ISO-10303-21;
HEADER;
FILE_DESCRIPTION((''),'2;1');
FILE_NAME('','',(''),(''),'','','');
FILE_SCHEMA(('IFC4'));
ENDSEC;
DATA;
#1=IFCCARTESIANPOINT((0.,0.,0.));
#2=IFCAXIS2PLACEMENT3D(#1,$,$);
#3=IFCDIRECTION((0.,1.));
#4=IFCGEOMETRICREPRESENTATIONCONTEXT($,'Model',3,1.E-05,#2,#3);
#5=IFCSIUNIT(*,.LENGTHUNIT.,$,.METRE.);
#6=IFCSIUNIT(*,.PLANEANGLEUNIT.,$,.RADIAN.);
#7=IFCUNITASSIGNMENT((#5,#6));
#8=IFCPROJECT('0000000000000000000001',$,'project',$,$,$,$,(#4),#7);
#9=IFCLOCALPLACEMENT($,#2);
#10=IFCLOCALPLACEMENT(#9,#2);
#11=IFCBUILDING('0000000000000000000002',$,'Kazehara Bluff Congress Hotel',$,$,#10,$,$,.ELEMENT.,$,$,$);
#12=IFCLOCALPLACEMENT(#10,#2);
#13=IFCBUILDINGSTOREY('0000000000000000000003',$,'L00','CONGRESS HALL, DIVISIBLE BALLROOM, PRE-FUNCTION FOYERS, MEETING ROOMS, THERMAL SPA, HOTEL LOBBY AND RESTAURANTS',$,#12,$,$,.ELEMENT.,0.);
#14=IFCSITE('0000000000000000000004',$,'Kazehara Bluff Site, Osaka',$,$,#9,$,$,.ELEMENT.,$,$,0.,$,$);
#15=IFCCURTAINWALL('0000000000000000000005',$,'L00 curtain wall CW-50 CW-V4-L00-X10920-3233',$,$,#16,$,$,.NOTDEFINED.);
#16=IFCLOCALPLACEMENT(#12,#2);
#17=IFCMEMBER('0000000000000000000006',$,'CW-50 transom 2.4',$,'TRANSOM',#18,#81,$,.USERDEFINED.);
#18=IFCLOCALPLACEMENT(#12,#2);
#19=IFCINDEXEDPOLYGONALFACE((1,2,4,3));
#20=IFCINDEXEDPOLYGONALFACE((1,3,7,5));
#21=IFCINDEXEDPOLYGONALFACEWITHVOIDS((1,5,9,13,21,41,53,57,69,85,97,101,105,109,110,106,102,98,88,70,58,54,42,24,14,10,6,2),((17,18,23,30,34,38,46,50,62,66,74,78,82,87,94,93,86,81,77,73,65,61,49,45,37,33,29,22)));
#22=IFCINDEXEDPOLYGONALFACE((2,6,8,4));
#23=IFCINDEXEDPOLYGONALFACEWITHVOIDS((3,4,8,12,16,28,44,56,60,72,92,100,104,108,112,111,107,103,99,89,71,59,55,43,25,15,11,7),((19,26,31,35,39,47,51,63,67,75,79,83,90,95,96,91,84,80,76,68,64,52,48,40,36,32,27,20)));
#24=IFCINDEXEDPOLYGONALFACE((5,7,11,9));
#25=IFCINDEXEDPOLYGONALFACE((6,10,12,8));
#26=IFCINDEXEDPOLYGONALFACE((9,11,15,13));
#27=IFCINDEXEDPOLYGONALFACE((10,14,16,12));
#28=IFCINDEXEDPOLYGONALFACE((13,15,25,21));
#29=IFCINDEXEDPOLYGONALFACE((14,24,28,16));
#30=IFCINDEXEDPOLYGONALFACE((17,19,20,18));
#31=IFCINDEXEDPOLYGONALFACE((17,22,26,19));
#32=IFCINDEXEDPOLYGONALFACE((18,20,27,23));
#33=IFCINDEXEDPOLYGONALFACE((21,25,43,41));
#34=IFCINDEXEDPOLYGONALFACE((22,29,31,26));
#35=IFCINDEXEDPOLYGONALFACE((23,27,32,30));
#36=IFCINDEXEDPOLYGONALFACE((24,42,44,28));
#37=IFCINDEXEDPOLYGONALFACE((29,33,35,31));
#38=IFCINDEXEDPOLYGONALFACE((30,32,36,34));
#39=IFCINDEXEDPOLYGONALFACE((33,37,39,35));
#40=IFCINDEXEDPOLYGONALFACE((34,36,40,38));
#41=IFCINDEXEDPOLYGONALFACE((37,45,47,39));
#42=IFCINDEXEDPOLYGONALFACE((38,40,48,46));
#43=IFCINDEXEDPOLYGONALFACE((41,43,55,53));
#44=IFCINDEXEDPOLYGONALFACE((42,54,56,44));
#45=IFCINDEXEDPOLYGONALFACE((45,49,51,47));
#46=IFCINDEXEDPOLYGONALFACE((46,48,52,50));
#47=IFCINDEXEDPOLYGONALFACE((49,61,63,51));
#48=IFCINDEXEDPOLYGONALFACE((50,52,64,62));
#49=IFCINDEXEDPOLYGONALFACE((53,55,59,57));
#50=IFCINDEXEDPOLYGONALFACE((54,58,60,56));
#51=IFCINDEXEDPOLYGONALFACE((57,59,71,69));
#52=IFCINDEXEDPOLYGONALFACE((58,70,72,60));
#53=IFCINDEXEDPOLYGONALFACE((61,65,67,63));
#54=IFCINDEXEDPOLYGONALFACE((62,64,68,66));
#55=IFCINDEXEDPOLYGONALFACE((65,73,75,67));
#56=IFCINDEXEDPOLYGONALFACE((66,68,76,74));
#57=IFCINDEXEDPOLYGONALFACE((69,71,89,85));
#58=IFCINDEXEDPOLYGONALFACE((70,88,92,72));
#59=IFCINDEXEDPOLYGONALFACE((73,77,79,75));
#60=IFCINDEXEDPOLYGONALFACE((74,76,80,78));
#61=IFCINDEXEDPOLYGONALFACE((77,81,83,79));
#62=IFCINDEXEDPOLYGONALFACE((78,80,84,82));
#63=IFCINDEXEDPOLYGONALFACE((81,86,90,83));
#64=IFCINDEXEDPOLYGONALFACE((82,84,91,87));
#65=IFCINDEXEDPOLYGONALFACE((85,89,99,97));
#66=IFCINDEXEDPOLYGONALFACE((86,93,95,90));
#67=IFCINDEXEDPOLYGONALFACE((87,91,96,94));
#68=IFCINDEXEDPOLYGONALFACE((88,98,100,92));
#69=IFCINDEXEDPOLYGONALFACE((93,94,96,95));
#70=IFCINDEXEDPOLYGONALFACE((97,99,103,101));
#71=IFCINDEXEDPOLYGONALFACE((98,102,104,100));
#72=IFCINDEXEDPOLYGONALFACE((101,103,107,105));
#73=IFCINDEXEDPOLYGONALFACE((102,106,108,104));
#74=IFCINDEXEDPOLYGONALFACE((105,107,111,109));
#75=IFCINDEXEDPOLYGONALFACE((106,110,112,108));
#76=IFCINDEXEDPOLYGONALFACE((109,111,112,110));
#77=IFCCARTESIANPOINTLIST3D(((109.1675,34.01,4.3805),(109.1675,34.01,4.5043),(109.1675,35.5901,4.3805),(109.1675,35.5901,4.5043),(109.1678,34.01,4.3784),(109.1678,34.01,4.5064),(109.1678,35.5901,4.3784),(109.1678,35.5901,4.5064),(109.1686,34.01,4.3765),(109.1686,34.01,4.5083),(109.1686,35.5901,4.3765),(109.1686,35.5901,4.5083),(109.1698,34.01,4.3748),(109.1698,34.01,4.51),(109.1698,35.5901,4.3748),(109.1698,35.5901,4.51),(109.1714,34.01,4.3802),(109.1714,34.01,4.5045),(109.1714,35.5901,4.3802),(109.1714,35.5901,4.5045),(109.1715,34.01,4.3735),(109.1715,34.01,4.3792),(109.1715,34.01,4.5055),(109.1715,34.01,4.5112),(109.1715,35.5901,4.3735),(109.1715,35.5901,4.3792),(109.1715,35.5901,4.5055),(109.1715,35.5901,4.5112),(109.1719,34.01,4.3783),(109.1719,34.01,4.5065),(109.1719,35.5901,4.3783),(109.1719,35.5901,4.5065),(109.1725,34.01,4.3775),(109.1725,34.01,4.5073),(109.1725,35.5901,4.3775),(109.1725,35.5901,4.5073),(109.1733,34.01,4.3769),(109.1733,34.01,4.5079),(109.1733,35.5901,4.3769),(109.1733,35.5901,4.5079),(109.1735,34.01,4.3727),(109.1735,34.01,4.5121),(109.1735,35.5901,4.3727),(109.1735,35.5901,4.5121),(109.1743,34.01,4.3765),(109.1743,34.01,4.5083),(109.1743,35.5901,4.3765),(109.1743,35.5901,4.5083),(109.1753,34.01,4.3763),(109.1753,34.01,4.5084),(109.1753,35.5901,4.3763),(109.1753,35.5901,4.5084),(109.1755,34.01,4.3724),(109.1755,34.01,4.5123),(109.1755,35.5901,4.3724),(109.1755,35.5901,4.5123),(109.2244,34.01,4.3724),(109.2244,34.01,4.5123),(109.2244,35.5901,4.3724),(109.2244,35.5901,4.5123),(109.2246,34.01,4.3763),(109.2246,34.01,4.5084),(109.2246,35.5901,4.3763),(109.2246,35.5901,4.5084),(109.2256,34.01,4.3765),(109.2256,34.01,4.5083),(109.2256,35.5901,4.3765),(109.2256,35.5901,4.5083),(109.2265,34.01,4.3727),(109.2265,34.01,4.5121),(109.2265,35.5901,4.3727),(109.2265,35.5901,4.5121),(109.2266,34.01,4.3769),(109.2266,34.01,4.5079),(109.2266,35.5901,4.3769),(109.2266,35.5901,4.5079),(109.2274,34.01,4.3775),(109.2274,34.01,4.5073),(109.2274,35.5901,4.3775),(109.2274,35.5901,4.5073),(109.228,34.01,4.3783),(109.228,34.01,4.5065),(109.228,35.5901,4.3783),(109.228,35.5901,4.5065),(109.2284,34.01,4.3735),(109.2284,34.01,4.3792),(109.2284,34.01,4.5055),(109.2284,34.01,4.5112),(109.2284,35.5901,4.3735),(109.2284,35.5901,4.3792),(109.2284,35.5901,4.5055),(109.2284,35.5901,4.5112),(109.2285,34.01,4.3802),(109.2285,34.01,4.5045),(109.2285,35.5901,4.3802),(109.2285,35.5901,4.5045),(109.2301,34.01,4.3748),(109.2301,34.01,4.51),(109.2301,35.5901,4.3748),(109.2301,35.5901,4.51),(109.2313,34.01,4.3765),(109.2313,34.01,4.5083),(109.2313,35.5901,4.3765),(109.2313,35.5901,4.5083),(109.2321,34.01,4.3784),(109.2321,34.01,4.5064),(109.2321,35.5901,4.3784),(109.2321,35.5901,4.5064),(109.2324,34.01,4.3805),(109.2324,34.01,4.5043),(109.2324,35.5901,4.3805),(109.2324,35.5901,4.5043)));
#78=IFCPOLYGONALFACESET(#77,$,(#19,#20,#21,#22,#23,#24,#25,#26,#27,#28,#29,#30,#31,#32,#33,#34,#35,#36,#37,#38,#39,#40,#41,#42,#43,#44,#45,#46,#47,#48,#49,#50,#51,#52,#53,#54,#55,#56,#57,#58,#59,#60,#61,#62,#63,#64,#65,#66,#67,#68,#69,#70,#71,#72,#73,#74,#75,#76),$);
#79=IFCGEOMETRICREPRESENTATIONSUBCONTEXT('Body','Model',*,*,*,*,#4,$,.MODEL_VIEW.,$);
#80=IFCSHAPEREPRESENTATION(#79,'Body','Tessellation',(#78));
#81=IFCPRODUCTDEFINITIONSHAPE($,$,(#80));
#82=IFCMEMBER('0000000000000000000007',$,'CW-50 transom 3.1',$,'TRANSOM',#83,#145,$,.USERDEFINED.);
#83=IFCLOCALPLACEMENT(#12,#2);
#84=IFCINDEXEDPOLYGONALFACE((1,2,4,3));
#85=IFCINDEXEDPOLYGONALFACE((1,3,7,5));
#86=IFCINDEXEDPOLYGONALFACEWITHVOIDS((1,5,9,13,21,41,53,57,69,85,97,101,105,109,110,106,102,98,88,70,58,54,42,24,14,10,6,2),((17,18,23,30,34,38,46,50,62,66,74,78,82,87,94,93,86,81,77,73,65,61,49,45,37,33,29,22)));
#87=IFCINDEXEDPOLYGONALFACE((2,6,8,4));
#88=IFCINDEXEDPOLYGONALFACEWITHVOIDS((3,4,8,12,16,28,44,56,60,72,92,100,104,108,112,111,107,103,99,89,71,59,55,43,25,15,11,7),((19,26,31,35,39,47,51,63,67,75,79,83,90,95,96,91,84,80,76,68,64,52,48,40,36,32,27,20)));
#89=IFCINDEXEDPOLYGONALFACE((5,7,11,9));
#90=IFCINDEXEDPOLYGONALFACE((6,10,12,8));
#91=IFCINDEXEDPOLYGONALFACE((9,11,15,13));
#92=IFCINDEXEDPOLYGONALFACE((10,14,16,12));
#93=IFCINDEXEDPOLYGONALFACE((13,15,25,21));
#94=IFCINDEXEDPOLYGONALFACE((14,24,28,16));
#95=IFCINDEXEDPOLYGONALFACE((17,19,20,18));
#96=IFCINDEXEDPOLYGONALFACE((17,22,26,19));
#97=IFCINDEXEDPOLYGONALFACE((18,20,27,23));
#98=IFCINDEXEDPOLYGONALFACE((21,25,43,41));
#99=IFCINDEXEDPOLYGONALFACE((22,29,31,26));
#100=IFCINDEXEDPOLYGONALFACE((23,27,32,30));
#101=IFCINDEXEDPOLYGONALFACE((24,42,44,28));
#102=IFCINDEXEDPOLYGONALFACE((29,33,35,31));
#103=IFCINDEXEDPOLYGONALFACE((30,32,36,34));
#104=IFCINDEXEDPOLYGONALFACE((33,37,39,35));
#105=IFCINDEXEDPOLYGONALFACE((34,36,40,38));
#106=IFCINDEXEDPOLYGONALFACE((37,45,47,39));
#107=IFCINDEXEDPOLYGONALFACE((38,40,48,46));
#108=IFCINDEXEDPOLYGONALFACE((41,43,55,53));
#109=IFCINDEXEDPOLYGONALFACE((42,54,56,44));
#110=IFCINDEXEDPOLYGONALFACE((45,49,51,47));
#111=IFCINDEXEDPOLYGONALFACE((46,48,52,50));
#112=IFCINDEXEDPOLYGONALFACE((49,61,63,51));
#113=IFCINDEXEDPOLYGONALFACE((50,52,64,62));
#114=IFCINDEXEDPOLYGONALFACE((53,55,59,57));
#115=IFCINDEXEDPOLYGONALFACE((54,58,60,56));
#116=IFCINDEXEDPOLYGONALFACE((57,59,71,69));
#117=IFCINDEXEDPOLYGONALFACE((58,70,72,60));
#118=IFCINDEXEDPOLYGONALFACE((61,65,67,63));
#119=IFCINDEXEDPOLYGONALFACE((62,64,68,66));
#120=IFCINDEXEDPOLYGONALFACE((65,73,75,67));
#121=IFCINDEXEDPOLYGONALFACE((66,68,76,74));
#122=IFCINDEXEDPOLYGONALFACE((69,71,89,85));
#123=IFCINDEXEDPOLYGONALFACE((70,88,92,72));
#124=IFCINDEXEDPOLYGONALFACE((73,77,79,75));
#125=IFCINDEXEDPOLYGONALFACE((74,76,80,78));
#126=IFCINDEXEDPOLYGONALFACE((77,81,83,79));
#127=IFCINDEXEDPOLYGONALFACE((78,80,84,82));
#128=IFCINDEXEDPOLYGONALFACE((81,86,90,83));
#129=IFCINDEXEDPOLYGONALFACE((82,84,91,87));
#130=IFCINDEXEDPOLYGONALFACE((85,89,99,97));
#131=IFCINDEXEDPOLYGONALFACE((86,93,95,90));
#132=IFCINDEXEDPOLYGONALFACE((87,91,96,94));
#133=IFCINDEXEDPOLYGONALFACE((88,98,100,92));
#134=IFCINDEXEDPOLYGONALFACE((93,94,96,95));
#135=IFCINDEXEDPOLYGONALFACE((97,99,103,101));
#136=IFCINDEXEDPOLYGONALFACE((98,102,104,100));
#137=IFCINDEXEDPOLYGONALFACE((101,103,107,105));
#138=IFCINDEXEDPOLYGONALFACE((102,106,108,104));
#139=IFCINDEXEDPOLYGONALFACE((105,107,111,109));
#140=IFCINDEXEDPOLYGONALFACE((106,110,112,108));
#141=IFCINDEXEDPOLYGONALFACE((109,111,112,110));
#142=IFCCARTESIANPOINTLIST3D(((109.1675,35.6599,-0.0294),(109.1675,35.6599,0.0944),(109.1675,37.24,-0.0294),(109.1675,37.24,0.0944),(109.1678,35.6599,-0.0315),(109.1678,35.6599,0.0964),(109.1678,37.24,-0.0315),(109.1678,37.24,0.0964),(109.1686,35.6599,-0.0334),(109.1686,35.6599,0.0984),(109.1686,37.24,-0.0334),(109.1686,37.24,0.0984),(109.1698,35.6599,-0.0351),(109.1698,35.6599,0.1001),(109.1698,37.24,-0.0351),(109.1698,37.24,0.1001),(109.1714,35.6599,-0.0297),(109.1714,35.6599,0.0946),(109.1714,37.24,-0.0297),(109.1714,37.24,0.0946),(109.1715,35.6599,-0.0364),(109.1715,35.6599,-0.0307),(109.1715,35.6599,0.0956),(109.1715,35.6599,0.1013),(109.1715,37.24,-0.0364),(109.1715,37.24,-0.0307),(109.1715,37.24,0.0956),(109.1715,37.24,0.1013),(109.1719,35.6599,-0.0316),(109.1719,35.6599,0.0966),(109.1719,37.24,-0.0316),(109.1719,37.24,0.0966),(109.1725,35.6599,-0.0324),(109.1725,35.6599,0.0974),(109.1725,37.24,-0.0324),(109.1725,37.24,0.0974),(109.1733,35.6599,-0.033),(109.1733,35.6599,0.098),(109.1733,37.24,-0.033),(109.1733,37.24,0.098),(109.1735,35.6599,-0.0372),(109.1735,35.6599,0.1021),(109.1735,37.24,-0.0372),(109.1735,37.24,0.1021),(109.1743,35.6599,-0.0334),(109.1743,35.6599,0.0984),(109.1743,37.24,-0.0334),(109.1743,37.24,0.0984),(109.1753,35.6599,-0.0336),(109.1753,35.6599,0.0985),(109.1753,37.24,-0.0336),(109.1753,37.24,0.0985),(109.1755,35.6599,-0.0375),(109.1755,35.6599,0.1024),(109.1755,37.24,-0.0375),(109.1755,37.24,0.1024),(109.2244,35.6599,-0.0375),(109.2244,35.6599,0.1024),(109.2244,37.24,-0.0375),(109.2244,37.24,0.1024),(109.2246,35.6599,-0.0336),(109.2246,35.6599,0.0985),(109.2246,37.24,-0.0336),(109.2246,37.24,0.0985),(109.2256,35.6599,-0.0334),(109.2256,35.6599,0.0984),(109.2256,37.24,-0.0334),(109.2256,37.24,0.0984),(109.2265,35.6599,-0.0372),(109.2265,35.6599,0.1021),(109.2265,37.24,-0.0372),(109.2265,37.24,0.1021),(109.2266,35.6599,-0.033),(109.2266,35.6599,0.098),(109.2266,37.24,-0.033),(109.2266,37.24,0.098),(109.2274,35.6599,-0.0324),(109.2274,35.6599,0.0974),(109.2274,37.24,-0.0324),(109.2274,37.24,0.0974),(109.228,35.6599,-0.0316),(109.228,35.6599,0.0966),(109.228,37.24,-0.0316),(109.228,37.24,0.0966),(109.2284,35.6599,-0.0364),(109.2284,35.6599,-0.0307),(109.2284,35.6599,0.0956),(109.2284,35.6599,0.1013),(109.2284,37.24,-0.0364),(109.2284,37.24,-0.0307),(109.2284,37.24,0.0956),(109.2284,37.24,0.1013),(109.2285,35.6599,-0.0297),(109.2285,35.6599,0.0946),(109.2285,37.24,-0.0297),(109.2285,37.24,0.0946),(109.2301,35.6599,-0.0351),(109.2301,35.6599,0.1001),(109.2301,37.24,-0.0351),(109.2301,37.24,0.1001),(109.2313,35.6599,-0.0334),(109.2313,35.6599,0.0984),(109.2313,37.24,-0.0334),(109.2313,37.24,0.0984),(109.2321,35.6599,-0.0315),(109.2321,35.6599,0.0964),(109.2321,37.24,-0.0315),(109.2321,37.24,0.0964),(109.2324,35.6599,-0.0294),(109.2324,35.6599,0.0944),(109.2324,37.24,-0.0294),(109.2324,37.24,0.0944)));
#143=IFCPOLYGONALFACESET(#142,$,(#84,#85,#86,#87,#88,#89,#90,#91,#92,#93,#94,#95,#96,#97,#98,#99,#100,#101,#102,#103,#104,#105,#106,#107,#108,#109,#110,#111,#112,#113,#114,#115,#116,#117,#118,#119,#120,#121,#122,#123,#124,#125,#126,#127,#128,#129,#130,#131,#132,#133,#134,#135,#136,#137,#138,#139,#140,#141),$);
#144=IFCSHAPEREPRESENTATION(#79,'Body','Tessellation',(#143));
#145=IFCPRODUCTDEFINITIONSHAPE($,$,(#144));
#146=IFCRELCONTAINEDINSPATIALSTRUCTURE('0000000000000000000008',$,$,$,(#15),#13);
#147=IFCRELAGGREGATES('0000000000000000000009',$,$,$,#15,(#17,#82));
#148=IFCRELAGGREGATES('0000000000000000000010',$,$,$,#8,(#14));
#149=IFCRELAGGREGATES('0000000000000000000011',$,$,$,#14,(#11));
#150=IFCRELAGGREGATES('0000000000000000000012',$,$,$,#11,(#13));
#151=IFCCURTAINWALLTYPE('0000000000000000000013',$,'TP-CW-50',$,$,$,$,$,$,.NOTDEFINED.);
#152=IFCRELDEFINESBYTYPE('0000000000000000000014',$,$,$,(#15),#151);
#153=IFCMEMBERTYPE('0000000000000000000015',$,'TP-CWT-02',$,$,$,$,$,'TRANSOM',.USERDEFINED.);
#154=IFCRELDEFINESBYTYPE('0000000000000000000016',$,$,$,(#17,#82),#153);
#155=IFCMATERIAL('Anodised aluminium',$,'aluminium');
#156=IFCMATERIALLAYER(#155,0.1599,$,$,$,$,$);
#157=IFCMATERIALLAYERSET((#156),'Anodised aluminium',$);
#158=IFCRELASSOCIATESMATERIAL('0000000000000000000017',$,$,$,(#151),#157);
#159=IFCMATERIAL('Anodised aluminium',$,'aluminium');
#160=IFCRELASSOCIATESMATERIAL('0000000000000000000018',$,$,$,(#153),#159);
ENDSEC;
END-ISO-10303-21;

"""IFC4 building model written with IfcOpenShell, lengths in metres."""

from ifc_helpers import new_model, si_unit, direction, frame, origin, origin_2d, place, context, subcontext, project, spatial, hollow_rectangle, extrude, material, layer, layer_set, material_profile, profile_set, type_object, element, aggregate, save


model = new_model("IFC4")

# Units and contexts
model_context = context("Model", 3, precision=1e-05, world=origin(), true_north=direction((0.0, 1.0)))
body_context = subcontext(model_context, "Body", "Model", "MODEL_VIEW")
ifc_project = project(units=[si_unit("LENGTHUNIT", "METRE"), si_unit("PLANEANGLEUNIT", "RADIAN")], contexts=[model_context])

# Site, building, storey
site_placement = place(None, origin())
site = spatial("IfcSite", under=ifc_project, at=site_placement, Name="Kazehara Bluff Site, Osaka", CompositionType="ELEMENT", RefElevation=0.0)
building_placement = place(site_placement, origin())
building = spatial("IfcBuilding", under=site, at=building_placement, Name="Kazehara Bluff Congress Hotel", CompositionType="ELEMENT")
storey_placement = place(building_placement, origin())
storey = spatial("IfcBuildingStorey", under=building, at=storey_placement, Name="L00", Description="CONGRESS HALL, DIVISIBLE BALLROOM, PRE-FUNCTION FOYERS, MEETING ROOMS, THERMAL SPA, HOTEL LOBBY AND RESTAURANTS", CompositionType="ELEMENT", Elevation=0.0)

# Curtain wall, members
ifc_material_1 = material(Name="Anodised aluminium", Category="aluminium")
ifc_layer_1 = layer(ifc_material_1, 0.1599)
ifc_layer_set_1 = layer_set([ifc_layer_1], Name="Anodised aluminium")
curtain_wall_type_1 = type_object("IfcCurtainWallType", Name="TP-CW-50", PredefinedType="NOTDEFINED", material=ifc_layer_set_1)
curtain_wall_1_placement = place(storey_placement, origin())
curtain_wall_1 = element("IfcCurtainWall", 1, at=curtain_wall_1_placement, inside=storey, type_object=curtain_wall_type_1, Name="L00 curtain wall CW-50 CW-V4-L00-X10920-3233", PredefinedType="NOTDEFINED")
ifc_material_2 = material(Name="Anodised aluminium", Category="aluminium")
ifc_material_profile_1 = material_profile(ifc_material_2, hollow_rectangle(XDim=0.0649, YDim=0.1399, WallThickness=0.0039, InnerFilletRadius=0.0039, OuterFilletRadius=0.0081, at=origin_2d()))
ifc_profile_set_1 = profile_set([ifc_material_profile_1], Name="Anodised aluminium")
member_type_1 = type_object("IfcMemberType", Name="TP-CWT-02", ElementType="TRANSOM", PredefinedType="USERDEFINED", material=ifc_profile_set_1)
member_1_placement = place(storey_placement, frame((109.2, 34.01, 4.4424), z_axis=(0.0, 1.0, 0.0), x_axis=(-1.0, 0.0, 0.0)))
member_1 = element("IfcMember", 2, at=member_1_placement, type_object=member_type_1, Name="CW-50 transom 2.4", ObjectType="TRANSOM", PredefinedType="USERDEFINED", context=body_context, shape_type="SweptSolid", body=[
    extrude(hollow_rectangle(XDim=0.0649, YDim=0.1399, WallThickness=0.0039, InnerFilletRadius=0.0039, OuterFilletRadius=0.0081, at=origin_2d()), origin(), (0.0, 0.0, 1.0), 1.5801),
])
member_2_placement = place(storey_placement, frame((109.2, 35.6599, 0.0325), z_axis=(0.0, 1.0, 0.0), x_axis=(-1.0, 0.0, 0.0)))
member_2 = element("IfcMember", 3, at=member_2_placement, type_object=member_type_1, Name="CW-50 transom 3.1", ObjectType="TRANSOM", PredefinedType="USERDEFINED", context=body_context, shape_type="SweptSolid", body=[
    extrude(hollow_rectangle(XDim=0.0649, YDim=0.1399, WallThickness=0.0039, InnerFilletRadius=0.0039, OuterFilletRadius=0.0081, at=origin_2d()), origin(), (0.0, 0.0, 1.0), 1.5801),
])

aggregate(curtain_wall_1, [member_1, member_2])

save(model, "model.ifc")
